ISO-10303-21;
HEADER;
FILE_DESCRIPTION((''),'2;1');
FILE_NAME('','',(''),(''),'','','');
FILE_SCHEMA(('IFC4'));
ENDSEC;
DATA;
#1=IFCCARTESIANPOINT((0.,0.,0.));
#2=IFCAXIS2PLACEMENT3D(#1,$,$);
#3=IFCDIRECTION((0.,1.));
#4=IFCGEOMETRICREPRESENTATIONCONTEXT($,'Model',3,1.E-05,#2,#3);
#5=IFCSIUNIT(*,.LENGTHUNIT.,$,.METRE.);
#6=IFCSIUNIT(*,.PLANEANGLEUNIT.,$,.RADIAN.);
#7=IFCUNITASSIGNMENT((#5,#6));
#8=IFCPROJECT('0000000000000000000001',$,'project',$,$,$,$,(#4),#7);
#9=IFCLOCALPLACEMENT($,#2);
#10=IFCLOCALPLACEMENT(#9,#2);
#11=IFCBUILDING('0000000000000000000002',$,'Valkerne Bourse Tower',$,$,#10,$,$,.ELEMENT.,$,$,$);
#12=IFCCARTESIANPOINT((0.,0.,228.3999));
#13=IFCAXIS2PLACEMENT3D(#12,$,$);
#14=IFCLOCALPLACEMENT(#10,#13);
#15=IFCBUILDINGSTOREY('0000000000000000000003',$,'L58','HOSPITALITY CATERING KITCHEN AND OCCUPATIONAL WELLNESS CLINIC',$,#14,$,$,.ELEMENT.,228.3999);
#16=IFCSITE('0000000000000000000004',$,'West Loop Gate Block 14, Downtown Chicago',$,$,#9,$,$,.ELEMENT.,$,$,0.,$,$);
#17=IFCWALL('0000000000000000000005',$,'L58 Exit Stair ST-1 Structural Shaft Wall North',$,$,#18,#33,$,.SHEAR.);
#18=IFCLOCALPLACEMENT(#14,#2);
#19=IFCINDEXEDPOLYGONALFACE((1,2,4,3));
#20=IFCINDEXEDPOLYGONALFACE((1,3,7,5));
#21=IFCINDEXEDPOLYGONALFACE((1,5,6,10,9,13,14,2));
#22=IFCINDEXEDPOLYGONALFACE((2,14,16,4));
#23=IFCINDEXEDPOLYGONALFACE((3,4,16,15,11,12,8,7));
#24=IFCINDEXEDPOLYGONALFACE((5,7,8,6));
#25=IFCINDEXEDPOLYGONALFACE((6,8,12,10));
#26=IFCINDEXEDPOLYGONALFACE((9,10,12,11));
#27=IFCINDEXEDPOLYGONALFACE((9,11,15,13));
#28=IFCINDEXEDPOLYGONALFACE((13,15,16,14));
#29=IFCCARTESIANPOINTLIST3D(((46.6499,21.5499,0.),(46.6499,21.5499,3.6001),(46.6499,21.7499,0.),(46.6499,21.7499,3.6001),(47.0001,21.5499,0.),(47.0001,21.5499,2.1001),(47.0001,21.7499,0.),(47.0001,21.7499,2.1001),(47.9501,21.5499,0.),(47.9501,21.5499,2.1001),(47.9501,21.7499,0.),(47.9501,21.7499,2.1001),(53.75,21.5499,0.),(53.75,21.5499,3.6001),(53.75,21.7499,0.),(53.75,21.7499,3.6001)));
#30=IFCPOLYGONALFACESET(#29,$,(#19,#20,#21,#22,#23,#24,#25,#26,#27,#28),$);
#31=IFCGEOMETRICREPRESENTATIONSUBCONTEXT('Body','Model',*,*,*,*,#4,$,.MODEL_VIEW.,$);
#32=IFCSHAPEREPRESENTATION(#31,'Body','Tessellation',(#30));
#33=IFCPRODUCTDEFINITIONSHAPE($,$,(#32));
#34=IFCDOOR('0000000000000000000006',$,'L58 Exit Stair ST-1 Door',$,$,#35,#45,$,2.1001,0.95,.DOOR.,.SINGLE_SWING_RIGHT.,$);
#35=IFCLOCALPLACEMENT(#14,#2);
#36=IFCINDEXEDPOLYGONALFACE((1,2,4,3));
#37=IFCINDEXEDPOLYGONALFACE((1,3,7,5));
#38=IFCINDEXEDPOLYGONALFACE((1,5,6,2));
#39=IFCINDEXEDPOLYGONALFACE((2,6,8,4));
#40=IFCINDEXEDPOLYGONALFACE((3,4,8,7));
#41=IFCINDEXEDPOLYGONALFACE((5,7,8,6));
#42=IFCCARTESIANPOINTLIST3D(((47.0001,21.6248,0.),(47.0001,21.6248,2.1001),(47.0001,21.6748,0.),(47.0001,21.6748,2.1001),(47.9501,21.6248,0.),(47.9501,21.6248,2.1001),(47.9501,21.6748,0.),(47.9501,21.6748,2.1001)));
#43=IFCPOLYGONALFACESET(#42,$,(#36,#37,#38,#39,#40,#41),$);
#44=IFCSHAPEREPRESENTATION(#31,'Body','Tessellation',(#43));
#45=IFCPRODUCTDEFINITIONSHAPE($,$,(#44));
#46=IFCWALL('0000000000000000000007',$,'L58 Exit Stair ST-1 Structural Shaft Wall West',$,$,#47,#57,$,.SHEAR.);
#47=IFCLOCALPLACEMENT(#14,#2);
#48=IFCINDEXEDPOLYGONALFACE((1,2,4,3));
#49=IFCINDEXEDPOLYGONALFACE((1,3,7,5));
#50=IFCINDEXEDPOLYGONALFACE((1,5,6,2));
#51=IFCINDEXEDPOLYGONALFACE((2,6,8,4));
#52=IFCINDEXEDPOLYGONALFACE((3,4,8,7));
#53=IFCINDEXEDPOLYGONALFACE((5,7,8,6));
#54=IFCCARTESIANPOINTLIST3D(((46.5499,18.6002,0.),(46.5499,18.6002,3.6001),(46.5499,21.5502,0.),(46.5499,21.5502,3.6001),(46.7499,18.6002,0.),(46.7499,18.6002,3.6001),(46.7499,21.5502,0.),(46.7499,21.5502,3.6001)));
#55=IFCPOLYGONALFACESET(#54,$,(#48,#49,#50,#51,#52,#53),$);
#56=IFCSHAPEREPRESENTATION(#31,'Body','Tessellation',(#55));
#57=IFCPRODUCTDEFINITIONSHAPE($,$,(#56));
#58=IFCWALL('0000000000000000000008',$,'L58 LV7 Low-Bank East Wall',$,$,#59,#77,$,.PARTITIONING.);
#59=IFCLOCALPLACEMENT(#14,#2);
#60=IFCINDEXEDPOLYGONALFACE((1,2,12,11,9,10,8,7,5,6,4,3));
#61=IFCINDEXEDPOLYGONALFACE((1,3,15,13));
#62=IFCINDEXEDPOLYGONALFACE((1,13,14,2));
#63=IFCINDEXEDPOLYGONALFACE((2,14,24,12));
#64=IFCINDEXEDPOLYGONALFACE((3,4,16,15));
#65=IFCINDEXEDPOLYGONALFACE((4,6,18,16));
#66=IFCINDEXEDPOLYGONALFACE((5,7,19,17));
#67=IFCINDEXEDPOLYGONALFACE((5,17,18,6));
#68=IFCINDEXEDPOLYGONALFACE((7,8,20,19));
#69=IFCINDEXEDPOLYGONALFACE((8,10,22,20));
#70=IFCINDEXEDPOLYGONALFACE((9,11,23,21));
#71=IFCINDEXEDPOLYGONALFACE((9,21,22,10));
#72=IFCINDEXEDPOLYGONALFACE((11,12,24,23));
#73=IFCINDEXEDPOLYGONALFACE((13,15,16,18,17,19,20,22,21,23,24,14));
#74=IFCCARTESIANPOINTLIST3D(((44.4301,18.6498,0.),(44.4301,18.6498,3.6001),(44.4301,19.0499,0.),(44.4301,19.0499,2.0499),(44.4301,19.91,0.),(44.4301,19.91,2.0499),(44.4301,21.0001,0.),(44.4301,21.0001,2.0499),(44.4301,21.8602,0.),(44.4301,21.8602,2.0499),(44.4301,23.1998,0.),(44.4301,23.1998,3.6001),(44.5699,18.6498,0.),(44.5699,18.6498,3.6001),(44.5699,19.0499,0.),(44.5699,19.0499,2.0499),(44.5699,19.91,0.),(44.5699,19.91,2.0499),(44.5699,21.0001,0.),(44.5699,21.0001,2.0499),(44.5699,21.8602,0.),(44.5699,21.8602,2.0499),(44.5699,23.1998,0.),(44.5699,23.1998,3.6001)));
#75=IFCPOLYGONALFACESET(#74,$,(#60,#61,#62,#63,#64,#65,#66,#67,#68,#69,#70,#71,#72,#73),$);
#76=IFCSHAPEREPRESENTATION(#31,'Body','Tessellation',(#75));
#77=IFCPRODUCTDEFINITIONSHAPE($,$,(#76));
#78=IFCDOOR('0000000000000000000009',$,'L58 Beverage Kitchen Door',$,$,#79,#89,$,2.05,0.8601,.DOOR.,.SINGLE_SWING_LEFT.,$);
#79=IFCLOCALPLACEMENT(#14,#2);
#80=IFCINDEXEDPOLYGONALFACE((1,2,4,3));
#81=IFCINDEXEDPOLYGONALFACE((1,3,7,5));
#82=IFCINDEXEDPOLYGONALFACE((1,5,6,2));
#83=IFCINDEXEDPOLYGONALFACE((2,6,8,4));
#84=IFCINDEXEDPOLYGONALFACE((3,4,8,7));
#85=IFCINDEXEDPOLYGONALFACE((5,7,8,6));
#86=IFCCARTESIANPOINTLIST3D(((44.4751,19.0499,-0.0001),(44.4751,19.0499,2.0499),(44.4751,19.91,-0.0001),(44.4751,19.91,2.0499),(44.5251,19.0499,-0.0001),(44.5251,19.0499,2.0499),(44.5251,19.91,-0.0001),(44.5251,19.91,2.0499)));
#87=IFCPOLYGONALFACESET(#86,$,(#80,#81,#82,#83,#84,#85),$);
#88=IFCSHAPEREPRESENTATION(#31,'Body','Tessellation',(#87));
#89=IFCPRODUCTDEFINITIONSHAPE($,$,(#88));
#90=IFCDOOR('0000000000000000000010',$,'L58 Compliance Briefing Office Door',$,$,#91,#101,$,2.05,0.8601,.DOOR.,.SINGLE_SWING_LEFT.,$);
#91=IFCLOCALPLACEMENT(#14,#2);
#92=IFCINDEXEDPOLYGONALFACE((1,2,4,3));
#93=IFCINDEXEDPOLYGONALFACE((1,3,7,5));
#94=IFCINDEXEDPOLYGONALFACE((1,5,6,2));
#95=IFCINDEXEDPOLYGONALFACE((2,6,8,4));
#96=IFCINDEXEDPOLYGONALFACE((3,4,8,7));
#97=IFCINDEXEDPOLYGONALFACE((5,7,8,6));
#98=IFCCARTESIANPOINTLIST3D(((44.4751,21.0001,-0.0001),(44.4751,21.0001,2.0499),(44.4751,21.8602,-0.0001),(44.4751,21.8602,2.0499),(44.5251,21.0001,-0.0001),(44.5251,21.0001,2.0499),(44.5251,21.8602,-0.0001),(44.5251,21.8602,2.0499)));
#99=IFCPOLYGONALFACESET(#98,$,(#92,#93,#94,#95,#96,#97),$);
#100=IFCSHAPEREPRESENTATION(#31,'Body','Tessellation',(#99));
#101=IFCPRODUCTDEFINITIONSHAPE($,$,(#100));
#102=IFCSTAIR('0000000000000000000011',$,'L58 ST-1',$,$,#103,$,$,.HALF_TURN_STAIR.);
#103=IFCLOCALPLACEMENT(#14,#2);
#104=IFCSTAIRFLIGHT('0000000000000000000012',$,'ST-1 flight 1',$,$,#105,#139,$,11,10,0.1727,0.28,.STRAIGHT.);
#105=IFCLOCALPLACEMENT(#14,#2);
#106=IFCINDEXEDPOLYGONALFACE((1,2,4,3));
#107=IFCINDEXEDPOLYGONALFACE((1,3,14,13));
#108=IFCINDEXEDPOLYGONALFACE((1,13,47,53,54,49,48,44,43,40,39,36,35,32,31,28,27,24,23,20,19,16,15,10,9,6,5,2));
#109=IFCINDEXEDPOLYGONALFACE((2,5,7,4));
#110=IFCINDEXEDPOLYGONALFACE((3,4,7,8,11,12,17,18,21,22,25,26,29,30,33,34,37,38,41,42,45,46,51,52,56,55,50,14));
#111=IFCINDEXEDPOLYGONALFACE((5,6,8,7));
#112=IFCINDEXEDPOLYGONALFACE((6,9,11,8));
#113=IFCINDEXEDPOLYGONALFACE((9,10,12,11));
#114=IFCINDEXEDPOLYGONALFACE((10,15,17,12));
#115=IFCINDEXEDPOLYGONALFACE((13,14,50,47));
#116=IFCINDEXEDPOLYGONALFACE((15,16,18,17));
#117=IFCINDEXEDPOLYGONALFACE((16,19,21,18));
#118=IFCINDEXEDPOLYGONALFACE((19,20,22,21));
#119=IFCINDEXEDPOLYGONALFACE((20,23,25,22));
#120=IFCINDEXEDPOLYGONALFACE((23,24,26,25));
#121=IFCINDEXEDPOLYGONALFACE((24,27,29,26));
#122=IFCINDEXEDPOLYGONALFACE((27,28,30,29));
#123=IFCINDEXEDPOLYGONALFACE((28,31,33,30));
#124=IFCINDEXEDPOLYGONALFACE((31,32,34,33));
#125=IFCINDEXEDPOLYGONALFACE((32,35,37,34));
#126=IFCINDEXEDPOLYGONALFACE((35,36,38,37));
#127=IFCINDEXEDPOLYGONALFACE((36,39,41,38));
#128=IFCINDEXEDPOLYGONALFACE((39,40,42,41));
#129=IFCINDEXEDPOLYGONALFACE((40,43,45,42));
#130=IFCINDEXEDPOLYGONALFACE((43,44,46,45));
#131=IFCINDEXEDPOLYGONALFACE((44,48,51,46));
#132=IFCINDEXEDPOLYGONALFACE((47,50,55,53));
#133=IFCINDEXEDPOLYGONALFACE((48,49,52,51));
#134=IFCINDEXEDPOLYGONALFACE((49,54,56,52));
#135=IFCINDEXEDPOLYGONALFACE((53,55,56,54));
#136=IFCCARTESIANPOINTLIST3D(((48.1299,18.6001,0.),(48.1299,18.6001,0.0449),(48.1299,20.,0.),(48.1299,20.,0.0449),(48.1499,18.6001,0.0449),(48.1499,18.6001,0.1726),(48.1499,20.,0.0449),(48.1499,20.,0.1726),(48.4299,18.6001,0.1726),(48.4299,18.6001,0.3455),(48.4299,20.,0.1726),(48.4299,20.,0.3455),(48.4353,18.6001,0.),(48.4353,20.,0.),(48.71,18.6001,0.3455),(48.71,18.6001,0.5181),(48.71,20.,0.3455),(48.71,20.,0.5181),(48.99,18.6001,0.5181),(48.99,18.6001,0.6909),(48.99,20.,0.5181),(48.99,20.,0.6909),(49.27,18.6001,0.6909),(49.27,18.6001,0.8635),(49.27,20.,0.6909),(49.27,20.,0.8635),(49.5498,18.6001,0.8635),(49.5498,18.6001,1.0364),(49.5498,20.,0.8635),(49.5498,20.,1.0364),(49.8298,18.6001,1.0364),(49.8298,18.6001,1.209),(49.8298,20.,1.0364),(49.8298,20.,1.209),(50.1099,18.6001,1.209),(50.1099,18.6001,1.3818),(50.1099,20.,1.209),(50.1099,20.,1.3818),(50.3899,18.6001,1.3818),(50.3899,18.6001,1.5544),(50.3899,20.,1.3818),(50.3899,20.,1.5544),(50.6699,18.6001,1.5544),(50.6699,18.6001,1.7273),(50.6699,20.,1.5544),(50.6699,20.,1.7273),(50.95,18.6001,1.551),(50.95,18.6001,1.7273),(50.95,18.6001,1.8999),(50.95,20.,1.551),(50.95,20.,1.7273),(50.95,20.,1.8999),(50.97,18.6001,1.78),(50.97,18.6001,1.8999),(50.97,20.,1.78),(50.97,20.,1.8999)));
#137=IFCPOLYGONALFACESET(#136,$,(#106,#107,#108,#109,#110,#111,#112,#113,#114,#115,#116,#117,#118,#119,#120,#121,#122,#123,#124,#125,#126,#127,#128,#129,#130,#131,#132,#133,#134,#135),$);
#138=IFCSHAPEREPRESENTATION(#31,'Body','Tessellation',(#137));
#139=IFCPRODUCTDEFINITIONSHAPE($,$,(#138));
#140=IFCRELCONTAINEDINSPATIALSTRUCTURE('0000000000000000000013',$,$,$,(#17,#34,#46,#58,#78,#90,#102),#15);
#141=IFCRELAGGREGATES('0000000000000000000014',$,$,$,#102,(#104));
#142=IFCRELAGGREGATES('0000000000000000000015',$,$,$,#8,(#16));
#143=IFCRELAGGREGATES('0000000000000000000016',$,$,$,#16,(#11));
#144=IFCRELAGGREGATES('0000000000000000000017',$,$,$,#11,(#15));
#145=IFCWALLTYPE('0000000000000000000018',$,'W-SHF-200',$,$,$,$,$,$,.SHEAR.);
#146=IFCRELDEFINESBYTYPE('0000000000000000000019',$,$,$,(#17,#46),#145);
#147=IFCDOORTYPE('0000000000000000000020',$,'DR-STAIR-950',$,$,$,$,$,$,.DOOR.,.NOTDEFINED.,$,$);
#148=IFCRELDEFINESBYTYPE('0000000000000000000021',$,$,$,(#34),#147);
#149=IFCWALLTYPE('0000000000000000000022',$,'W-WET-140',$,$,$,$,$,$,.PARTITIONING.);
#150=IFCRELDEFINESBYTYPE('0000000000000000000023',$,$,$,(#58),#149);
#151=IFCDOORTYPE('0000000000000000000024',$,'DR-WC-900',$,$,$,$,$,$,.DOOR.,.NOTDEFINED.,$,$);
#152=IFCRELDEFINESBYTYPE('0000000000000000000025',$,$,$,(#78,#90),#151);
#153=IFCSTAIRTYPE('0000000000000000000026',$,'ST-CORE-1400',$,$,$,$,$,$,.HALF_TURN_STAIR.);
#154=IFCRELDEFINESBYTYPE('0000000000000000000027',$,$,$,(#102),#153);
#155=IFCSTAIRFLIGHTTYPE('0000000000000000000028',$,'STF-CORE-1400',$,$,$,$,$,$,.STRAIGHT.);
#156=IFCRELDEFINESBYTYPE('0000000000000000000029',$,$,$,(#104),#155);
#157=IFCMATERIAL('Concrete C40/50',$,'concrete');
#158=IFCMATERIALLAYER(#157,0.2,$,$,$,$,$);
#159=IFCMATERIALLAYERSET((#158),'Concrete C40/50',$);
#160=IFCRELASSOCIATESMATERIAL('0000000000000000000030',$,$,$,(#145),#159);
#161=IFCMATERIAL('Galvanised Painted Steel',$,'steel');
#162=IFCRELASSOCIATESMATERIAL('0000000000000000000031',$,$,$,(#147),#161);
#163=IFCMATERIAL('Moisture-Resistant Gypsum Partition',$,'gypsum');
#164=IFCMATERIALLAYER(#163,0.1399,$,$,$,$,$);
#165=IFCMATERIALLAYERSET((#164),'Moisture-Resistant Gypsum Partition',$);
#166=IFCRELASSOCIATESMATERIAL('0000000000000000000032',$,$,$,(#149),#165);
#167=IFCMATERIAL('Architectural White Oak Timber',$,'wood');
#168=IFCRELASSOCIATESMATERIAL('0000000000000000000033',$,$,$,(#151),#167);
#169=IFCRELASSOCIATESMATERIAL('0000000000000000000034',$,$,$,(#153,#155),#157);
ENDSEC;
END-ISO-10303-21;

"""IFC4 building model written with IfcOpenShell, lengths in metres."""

from ifc_helpers import new_model, si_unit, direction, frame, frame_2d, origin, place, context, subcontext, project, spatial, polyline, rectangle, outline, extrude, material, layer, layer_set, type_object, element, fill, aggregate, save


model = new_model("IFC4")

# Units and contexts
model_context = context("Model", 3, precision=1e-05, world=origin(), true_north=direction((0.0, 1.0)))
body_context = subcontext(model_context, "Body", "Model", "MODEL_VIEW")
ifc_project = project(units=[si_unit("LENGTHUNIT", "METRE"), si_unit("PLANEANGLEUNIT", "RADIAN")], contexts=[model_context])

# Site, building, storey
site_placement = place(None, origin())
site = spatial("IfcSite", under=ifc_project, at=site_placement, Name="West Loop Gate Block 14, Downtown Chicago", CompositionType="ELEMENT", RefElevation=0.0)
building_placement = place(site_placement, origin())
building = spatial("IfcBuilding", under=site, at=building_placement, Name="Valkerne Bourse Tower", CompositionType="ELEMENT")
storey_placement = place(building_placement, frame((0.0, 0.0, 228.3999)))
storey = spatial("IfcBuildingStorey", under=building, at=storey_placement, Name="L58", Description="HOSPITALITY CATERING KITCHEN AND OCCUPATIONAL WELLNESS CLINIC", CompositionType="ELEMENT", Elevation=228.3999)

# Shared definitions
ifc_material_1 = material(Name="Galvanised Painted Steel", Category="steel")

# Wall, opening, door
ifc_material_2 = material(Name="Concrete C40/50", Category="concrete")
ifc_layer_1 = layer(ifc_material_2, 0.2)
ifc_layer_set_1 = layer_set([ifc_layer_1], Name="Concrete C40/50")
wall_type_1 = type_object("IfcWallType", Name="W-SHF-200", PredefinedType="SHEAR", material=ifc_layer_set_1)
wall_1_placement = place(storey_placement, frame((46.6499, 21.6499, 0.0), z_axis=(0.0, 0.0, 1.0), x_axis=(1.0, 0.0, 0.0)))
wall_1 = element("IfcWall", 1, at=wall_1_placement, inside=storey, type_object=wall_type_1, Name="L58 Exit Stair ST-1 Structural Shaft Wall North", PredefinedType="SHEAR", context=body_context, shape_type="SweptSolid", body=[
    extrude(rectangle(XDim=7.1001, YDim=0.2, at=frame_2d((3.55, 0.0))), origin(), (0.0, 0.0, 1.0), 3.6001),
])
opening_1_placement = place(wall_1_placement, frame((0.3501, 0.0, 0.0)))
opening_1 = element("IfcOpeningElement", 2, at=opening_1_placement, cuts=wall_1, PredefinedType="OPENING", context=body_context, shape_type="SweptSolid", body=[
    extrude(rectangle(XDim=0.95, YDim=2.1001, at=frame_2d((0.4751, 1.05))), frame((0.0, 0.1099, 0.0), z_axis=(0.0, -1.0, 0.0), x_axis=(1.0, 0.0, 0.0)), (0.0, 0.0, 1.0), 0.22),
])
door_type_1 = type_object("IfcDoorType", Name="DR-STAIR-950", OperationType="NOTDEFINED", PredefinedType="DOOR", material=ifc_material_1)
door_1_placement = place(opening_1_placement, origin())
door_1 = element("IfcDoor", 3, at=door_1_placement, inside=storey, type_object=door_type_1, Name="L58 Exit Stair ST-1 Door", OperationType="SINGLE_SWING_RIGHT", OverallHeight=2.1001, OverallWidth=0.95, PredefinedType="DOOR", context=body_context, shape_type="SweptSolid", body=[
    extrude(rectangle(XDim=0.95, YDim=2.1001, at=frame_2d((0.4751, 1.05))), frame((0.0, 0.0249, 0.0), z_axis=(0.0, -1.0, 0.0), x_axis=(1.0, 0.0, 0.0)), (0.0, 0.0, 1.0), 0.05),
])
fill(opening_1, door_1)

# Wall
wall_2_placement = place(storey_placement, frame((46.6499, 18.6001, 0.0), z_axis=(0.0, 0.0, 1.0), x_axis=(0.0, 1.0, 0.0)))
element("IfcWall", 4, at=wall_2_placement, inside=storey, type_object=wall_type_1, Name="L58 Exit Stair ST-1 Structural Shaft Wall West", PredefinedType="SHEAR", context=body_context, shape_type="SweptSolid", body=[
    extrude(rectangle(XDim=2.95, YDim=0.2, at=frame_2d((1.4751, 0.0))), origin(), (0.0, 0.0, 1.0), 3.6001),
])

# Wall, openings, doors
ifc_material_3 = material(Name="Moisture-Resistant Gypsum Partition", Category="gypsum")
ifc_layer_2 = layer(ifc_material_3, 0.1399)
ifc_layer_set_2 = layer_set([ifc_layer_2], Name="Moisture-Resistant Gypsum Partition")
wall_type_2 = type_object("IfcWallType", Name="W-WET-140", PredefinedType="PARTITIONING", material=ifc_layer_set_2)
wall_3_placement = place(storey_placement, frame((44.5, 18.6499, 0.0), z_axis=(0.0, 0.0, 1.0), x_axis=(0.0, 1.0, 0.0)))
wall_3 = element("IfcWall", 5, at=wall_3_placement, inside=storey, type_object=wall_type_2, Name="L58 LV7 Low-Bank East Wall", PredefinedType="PARTITIONING", context=body_context, shape_type="SweptSolid", body=[
    extrude(rectangle(XDim=4.55, YDim=0.1399, at=frame_2d((2.2749, 0.0))), origin(), (0.0, 0.0, 1.0), 3.6001),
])
opening_2_placement = place(wall_3_placement, frame((0.3999, 0.0, 0.0)))
opening_2 = element("IfcOpeningElement", 6, at=opening_2_placement, cuts=wall_3, PredefinedType="OPENING", context=body_context, shape_type="SweptSolid", body=[
    extrude(rectangle(XDim=0.8601, YDim=2.05, at=frame_2d((0.4302, 1.0249))), frame((0.0, 0.0798, 0.0), z_axis=(0.0, -1.0, 0.0), x_axis=(1.0, 0.0, 0.0)), (0.0, 0.0, 1.0), 0.1599),
])
opening_3_placement = place(wall_3_placement, frame((2.3501, 0.0, 0.0)))
opening_3 = element("IfcOpeningElement", 7, at=opening_3_placement, cuts=wall_3, PredefinedType="OPENING", context=body_context, shape_type="SweptSolid", body=[
    extrude(rectangle(XDim=0.8601, YDim=2.05, at=frame_2d((0.4302, 1.0249))), frame((0.0, 0.0798, 0.0), z_axis=(0.0, -1.0, 0.0), x_axis=(1.0, 0.0, 0.0)), (0.0, 0.0, 1.0), 0.1599),
])
ifc_material_4 = material(Name="Architectural White Oak Timber", Category="wood")
door_type_2 = type_object("IfcDoorType", Name="DR-WC-900", OperationType="NOTDEFINED", PredefinedType="DOOR", material=ifc_material_4)
door_2_placement = place(opening_2_placement, origin())
door_2 = element("IfcDoor", 8, at=door_2_placement, inside=storey, type_object=door_type_2, Name="L58 Beverage Kitchen Door", OperationType="SINGLE_SWING_LEFT", OverallHeight=2.05, OverallWidth=0.8601, PredefinedType="DOOR", context=body_context, shape_type="SweptSolid", body=[
    extrude(rectangle(XDim=0.8601, YDim=2.05, at=frame_2d((0.4302, 1.0249))), frame((0.0, 0.0249, 0.0), z_axis=(0.0, -1.0, 0.0), x_axis=(1.0, 0.0, 0.0)), (0.0, 0.0, 1.0), 0.05),
])
fill(opening_2, door_2)
door_3_placement = place(opening_3_placement, origin())
door_3 = element("IfcDoor", 9, at=door_3_placement, inside=storey, type_object=door_type_2, Name="L58 Compliance Briefing Office Door", OperationType="SINGLE_SWING_LEFT", OverallHeight=2.05, OverallWidth=0.8601, PredefinedType="DOOR", context=body_context, shape_type="SweptSolid", body=[
    extrude(rectangle(XDim=0.8601, YDim=2.05, at=frame_2d((0.4302, 1.0249))), frame((0.0, 0.0249, 0.0), z_axis=(0.0, -1.0, 0.0), x_axis=(1.0, 0.0, 0.0)), (0.0, 0.0, 1.0), 0.05),
])
fill(opening_3, door_3)

# Stair, stair flight
stair_type = type_object("IfcStairType", Name="ST-CORE-1400", PredefinedType="HALF_TURN_STAIR", material=ifc_material_2)
stair_placement = place(storey_placement, origin())
stair = element("IfcStair", 10, at=stair_placement, inside=storey, type_object=stair_type, Name="L58 ST-1", PredefinedType="HALF_TURN_STAIR")
stair_flight_type = type_object("IfcStairFlightType", Name="STF-CORE-1400", PredefinedType="STRAIGHT", material=ifc_material_2)
stair_flight_1_placement = place(storey_placement, frame((48.1499, 19.3, 0.0), z_axis=(0.0, 0.0, 1.0), x_axis=(1.0, 0.0, 0.0)))
stair_flight_1 = element("IfcStairFlight", 11, at=stair_flight_1_placement, type_object=stair_flight_type, Name="ST-1 flight 1", NumberOfRisers=11, NumberOfTreads=10, PredefinedType="STRAIGHT", RiserHeight=0.1727, TreadLength=0.28, context=body_context, shape_type="SweptSolid", body=[
    extrude(outline(polyline([(-0.02, 0.0), (-0.02, 0.0449), (0.0, 0.0449), (0.0, 0.1726), (0.28, 0.1726), (0.28, 0.3455), (0.5601, 0.3455), (0.5601, 0.5181), (0.8401, 0.5181), (0.8401, 0.6909), (1.1201, 0.6909), (1.1201, 0.8635), (1.3999, 0.8635), (1.3999, 1.0364), (1.6799, 1.0364), (1.6799, 1.209), (1.96, 1.209), (1.96, 1.3818), (2.24, 1.3818), (2.24, 1.5544), (2.52, 1.5544), (2.52, 1.7273), (2.8, 1.7273), (2.8, 1.8999), (2.8201, 1.8999), (2.8201, 1.78), (2.8, 1.551), (0.2854, 0.0), (-0.02, 0.0)])), frame((0.0, 0.7, 0.0), z_axis=(0.0, -1.0, 0.0), x_axis=(1.0, 0.0, 0.0)), (0.0, 0.0, 1.0), 1.3999),
])
aggregate(stair, [stair_flight_1])

save(model, "model.ifc")
